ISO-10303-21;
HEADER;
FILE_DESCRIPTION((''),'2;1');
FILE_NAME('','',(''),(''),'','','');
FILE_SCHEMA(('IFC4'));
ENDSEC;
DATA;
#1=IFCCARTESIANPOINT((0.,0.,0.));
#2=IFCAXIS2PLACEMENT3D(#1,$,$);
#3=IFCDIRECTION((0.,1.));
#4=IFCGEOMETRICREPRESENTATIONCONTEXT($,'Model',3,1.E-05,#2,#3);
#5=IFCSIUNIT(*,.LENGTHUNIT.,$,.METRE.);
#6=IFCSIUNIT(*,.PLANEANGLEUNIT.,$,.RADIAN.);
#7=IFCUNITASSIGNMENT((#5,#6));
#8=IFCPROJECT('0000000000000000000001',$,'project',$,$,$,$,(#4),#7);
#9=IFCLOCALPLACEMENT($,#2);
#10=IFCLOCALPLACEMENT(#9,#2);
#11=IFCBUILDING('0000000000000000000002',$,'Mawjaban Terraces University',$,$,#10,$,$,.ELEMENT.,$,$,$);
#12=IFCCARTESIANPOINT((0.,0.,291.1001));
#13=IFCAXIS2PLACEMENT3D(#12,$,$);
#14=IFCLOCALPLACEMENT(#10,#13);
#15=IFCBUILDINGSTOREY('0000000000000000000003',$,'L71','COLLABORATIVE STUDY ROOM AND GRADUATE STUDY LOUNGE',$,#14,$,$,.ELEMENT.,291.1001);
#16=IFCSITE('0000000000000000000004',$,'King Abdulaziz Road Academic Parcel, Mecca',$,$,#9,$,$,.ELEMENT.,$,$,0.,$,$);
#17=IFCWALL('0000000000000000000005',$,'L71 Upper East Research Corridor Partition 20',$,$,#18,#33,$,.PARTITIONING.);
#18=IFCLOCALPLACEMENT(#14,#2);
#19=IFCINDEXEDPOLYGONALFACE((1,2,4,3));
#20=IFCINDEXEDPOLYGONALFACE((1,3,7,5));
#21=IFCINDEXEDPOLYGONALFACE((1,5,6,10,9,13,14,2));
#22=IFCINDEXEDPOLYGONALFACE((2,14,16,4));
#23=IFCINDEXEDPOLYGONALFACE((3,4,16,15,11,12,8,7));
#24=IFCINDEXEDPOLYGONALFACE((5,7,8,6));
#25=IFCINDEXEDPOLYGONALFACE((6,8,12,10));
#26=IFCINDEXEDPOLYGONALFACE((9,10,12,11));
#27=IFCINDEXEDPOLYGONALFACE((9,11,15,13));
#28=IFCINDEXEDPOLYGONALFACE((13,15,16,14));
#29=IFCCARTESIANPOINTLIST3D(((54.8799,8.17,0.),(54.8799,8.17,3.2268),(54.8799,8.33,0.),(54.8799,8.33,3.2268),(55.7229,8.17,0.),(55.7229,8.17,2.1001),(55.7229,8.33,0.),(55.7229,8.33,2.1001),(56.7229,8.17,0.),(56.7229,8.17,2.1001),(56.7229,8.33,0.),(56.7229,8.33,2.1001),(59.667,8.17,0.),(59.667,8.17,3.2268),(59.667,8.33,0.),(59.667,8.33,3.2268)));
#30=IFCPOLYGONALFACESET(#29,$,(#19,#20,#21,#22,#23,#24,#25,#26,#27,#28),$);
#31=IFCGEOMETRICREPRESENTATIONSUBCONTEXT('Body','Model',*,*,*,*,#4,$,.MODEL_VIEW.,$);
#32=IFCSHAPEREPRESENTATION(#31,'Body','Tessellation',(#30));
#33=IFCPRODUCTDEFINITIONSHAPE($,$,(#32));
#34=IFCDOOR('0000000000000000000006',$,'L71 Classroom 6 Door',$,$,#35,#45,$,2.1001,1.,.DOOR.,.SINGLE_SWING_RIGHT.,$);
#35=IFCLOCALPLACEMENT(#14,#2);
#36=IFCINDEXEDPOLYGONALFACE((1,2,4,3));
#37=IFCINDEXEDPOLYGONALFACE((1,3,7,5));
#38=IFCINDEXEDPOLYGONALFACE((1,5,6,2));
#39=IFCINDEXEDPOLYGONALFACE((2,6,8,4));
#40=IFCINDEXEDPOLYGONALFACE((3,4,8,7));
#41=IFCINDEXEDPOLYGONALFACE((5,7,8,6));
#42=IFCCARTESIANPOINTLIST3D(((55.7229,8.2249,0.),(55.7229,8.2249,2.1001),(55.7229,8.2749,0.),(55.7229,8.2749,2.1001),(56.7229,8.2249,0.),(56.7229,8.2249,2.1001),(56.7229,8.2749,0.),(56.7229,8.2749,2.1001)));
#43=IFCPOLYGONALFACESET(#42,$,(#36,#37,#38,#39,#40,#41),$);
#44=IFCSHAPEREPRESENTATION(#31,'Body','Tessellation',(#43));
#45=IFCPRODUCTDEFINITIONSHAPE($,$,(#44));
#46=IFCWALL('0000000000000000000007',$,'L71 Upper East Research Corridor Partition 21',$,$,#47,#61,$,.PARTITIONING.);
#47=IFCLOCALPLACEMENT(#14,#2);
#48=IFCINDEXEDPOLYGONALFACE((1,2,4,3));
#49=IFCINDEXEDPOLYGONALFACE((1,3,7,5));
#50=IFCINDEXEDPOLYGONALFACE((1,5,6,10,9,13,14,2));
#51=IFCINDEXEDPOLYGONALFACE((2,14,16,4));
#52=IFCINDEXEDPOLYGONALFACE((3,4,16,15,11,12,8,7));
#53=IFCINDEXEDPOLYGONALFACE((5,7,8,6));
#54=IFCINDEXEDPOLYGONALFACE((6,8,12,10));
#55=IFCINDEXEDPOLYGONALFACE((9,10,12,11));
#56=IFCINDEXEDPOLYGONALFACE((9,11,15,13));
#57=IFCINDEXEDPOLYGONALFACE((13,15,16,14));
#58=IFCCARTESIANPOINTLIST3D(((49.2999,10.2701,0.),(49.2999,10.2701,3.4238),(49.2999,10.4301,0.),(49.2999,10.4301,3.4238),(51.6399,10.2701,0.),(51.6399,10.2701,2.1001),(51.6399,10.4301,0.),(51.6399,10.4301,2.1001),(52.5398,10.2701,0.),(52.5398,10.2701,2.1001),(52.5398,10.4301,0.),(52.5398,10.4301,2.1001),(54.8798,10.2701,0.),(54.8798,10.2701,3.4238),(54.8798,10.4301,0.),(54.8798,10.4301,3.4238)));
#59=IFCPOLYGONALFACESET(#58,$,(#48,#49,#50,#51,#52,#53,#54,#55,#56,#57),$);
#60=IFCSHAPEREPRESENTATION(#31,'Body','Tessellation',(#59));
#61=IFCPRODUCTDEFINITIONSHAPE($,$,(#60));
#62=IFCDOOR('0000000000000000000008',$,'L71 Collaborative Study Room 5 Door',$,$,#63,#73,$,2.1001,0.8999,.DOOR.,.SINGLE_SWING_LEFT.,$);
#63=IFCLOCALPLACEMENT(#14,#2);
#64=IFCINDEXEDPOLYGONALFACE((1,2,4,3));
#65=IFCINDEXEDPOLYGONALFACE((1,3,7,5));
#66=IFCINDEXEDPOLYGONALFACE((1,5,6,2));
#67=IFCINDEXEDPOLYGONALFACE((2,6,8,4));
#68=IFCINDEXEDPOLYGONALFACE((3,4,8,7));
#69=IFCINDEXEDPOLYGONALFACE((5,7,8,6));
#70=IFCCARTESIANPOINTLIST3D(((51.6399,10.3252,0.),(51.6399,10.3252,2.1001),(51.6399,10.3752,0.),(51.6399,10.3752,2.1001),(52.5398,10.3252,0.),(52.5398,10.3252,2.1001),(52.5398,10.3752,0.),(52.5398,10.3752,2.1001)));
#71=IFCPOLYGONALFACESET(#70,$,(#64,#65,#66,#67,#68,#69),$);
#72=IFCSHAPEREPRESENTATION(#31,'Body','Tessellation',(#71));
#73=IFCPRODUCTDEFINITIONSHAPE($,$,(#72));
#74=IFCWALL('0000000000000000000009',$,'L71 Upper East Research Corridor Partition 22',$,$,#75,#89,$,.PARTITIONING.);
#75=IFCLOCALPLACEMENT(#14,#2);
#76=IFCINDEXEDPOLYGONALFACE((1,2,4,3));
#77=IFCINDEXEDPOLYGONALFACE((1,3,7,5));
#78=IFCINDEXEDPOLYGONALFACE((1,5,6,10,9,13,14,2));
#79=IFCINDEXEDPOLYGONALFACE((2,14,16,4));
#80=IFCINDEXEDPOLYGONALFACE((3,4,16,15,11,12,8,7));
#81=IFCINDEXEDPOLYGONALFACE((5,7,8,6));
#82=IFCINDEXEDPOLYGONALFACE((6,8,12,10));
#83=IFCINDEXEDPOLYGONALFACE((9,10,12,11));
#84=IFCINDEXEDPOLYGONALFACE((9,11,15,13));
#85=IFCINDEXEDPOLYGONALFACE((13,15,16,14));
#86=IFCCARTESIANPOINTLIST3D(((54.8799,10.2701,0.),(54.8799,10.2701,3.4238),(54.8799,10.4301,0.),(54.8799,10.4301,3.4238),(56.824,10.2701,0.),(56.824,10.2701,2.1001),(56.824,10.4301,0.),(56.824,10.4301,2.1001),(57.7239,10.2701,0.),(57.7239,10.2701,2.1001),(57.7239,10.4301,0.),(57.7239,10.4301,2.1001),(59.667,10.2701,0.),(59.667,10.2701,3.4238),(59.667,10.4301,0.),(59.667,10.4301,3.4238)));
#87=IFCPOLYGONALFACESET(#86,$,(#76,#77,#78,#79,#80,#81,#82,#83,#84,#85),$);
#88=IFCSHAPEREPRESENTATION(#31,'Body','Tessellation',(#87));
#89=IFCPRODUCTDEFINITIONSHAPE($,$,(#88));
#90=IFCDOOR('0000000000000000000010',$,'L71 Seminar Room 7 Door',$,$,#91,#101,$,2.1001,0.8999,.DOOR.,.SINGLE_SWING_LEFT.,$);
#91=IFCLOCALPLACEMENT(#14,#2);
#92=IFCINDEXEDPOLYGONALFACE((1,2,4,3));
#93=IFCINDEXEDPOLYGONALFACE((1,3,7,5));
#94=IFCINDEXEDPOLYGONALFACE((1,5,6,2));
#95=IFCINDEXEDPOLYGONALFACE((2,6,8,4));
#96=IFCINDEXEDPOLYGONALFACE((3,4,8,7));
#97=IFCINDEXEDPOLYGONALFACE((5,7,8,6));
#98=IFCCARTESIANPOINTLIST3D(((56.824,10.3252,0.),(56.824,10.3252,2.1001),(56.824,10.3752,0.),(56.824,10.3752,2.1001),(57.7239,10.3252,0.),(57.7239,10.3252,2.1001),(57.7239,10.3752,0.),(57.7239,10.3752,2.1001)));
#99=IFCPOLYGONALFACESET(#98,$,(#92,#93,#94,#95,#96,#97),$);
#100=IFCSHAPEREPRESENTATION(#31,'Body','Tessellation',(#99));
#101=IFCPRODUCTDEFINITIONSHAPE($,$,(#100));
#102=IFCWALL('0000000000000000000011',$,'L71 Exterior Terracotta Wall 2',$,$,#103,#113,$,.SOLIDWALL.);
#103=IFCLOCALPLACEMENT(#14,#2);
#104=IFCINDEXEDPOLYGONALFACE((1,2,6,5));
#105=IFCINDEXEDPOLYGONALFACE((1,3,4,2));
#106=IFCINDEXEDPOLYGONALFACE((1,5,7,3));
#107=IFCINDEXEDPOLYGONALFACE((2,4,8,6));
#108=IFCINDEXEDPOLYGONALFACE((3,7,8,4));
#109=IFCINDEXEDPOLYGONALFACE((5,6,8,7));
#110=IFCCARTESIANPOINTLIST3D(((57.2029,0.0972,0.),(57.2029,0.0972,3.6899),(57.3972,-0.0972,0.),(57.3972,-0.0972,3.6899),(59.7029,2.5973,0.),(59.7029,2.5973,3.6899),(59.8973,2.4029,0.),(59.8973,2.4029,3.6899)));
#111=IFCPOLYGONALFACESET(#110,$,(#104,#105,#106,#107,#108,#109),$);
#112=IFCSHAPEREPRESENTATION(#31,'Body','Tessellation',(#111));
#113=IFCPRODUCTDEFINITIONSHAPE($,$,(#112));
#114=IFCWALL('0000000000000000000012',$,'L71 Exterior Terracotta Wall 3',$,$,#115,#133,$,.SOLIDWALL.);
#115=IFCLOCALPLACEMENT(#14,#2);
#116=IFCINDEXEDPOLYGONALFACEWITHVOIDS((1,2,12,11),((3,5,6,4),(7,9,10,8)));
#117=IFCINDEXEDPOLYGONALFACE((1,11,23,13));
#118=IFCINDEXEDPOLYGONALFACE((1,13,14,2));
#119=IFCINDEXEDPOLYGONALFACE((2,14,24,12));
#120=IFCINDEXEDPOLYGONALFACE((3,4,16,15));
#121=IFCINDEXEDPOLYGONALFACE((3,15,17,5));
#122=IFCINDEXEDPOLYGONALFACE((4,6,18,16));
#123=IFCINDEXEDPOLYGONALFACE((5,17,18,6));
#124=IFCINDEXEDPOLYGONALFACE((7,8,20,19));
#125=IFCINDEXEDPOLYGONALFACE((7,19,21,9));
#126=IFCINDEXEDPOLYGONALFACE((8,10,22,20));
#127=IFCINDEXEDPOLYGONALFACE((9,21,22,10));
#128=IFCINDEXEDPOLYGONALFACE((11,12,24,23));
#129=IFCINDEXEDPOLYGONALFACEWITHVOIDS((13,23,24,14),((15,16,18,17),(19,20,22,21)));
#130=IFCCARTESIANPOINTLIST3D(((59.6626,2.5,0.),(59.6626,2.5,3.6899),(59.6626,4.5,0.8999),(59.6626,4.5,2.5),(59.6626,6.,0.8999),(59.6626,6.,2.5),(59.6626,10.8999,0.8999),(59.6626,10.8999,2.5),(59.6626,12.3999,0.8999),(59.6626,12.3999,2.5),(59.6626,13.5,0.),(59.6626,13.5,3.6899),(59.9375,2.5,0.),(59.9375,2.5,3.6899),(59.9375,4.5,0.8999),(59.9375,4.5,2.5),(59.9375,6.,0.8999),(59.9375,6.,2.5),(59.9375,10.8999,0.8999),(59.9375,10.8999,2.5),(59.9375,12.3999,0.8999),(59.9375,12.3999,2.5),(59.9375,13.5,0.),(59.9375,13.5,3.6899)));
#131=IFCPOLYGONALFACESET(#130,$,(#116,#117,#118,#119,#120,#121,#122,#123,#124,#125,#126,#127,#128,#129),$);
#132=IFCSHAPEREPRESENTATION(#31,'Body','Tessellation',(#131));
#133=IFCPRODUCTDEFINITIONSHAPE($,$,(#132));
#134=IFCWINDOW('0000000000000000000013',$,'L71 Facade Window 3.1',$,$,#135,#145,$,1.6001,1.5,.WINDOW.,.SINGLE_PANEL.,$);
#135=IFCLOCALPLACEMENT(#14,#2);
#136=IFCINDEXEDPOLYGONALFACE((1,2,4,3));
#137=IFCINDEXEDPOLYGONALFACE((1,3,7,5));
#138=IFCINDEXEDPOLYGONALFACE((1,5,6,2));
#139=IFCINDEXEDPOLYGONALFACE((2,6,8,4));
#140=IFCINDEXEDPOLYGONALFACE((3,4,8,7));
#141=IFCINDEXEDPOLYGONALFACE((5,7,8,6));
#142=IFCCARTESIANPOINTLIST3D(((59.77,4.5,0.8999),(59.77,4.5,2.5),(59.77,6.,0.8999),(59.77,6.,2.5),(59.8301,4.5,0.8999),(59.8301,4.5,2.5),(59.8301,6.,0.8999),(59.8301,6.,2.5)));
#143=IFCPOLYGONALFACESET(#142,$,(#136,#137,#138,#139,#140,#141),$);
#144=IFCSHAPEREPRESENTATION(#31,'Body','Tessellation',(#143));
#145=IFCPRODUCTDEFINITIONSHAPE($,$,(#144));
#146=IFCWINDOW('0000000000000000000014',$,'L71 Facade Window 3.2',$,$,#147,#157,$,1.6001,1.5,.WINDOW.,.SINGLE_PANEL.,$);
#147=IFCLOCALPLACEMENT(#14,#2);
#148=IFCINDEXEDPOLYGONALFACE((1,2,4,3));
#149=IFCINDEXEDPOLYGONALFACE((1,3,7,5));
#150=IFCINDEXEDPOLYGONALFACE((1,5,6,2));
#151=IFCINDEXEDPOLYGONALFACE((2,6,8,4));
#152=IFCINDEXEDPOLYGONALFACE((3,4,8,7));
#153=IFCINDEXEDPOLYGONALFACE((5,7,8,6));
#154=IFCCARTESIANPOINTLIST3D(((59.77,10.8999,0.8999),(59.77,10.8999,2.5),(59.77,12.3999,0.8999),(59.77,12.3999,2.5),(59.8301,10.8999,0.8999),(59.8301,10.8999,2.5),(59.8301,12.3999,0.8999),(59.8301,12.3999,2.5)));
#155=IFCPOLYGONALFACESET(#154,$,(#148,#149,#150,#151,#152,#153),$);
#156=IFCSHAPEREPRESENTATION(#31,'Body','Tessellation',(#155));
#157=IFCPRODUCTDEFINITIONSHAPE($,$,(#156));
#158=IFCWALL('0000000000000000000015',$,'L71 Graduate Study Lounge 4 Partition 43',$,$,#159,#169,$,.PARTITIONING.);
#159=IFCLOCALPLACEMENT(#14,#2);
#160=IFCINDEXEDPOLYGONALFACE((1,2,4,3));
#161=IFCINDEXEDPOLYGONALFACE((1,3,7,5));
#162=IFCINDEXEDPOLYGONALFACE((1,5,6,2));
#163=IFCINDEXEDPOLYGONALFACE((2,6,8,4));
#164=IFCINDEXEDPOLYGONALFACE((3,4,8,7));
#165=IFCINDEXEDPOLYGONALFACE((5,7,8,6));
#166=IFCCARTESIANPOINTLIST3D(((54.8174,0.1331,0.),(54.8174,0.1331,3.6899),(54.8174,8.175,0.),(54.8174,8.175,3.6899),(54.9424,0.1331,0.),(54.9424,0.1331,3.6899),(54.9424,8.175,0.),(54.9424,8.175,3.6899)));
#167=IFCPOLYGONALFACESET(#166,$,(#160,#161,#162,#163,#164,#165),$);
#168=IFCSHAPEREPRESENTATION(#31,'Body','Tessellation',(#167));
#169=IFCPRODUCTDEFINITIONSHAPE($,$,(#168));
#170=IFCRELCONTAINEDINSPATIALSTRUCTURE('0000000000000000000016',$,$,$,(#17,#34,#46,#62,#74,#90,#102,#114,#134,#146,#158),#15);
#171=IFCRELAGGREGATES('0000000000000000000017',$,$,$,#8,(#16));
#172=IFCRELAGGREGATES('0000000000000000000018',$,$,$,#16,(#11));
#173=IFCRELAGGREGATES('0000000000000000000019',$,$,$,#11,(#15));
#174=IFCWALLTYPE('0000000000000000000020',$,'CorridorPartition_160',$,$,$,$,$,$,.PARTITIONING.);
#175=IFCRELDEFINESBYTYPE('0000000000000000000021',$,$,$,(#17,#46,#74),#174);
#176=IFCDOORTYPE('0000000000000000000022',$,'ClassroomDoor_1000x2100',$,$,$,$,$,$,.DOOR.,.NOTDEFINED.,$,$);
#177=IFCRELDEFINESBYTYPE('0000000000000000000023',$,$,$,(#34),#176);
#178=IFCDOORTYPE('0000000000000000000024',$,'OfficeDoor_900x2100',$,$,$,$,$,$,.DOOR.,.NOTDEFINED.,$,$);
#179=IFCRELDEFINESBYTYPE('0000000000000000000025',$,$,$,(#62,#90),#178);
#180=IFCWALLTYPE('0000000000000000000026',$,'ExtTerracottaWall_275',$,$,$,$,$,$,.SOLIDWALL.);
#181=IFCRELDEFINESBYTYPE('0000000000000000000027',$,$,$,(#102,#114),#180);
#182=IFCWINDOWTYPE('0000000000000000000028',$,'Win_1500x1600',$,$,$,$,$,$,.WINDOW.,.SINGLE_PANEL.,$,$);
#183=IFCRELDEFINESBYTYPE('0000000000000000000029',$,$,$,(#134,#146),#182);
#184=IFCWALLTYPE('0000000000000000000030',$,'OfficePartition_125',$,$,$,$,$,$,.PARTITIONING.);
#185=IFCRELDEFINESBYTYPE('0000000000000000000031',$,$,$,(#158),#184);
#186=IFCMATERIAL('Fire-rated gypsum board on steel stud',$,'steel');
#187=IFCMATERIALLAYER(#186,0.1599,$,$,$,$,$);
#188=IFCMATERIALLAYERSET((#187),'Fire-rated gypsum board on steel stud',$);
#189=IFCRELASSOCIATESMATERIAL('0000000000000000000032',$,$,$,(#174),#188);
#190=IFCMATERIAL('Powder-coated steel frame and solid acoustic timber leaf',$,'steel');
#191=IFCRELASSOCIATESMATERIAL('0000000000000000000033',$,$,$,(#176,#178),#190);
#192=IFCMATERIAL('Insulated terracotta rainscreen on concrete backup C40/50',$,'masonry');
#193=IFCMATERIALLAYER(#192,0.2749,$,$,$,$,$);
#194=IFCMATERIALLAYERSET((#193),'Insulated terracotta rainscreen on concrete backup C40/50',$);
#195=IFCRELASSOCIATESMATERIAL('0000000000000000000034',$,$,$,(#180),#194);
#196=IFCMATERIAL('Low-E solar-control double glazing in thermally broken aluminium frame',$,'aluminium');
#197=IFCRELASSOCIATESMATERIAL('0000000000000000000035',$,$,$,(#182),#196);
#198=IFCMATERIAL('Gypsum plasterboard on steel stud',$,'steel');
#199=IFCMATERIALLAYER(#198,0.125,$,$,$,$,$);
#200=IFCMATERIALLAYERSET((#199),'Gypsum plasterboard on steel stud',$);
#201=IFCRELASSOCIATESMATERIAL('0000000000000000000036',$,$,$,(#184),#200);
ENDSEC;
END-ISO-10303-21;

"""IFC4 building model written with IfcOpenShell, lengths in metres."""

from ifc_helpers import new_model, si_unit, direction, frame, frame_2d, origin, place, context, subcontext, project, spatial, rectangle, extrude, material, layer, layer_set, type_object, element, fill, save


model = new_model("IFC4")

# Units and contexts
model_context = context("Model", 3, precision=1e-05, world=origin(), true_north=direction((0.0, 1.0)))
body_context = subcontext(model_context, "Body", "Model", "MODEL_VIEW")
ifc_project = project(units=[si_unit("LENGTHUNIT", "METRE"), si_unit("PLANEANGLEUNIT", "RADIAN")], contexts=[model_context])

# Site, building, storey
site_placement = place(None, origin())
site = spatial("IfcSite", under=ifc_project, at=site_placement, Name="King Abdulaziz Road Academic Parcel, Mecca", CompositionType="ELEMENT", RefElevation=0.0)
building_placement = place(site_placement, origin())
building = spatial("IfcBuilding", under=site, at=building_placement, Name="Mawjaban Terraces University", CompositionType="ELEMENT")
storey_placement = place(building_placement, frame((0.0, 0.0, 291.1001)))
storey = spatial("IfcBuildingStorey", under=building, at=storey_placement, Name="L71", Description="COLLABORATIVE STUDY ROOM AND GRADUATE STUDY LOUNGE", CompositionType="ELEMENT", Elevation=291.1001)

# Walls, openings, doors
ifc_material_1 = material(Name="Fire-rated gypsum board on steel stud", Category="steel")
ifc_layer_1 = layer(ifc_material_1, 0.1599)
ifc_layer_set_1 = layer_set([ifc_layer_1], Name="Fire-rated gypsum board on steel stud")
wall_type_1 = type_object("IfcWallType", Name="CorridorPartition_160", PredefinedType="PARTITIONING", material=ifc_layer_set_1)
wall_1_placement = place(storey_placement, frame((54.8799, 8.25, 0.0), z_axis=(0.0, 0.0, 1.0), x_axis=(1.0, 0.0, 0.0)))
wall_1 = element("IfcWall", 1, at=wall_1_placement, inside=storey, type_object=wall_type_1, Name="L71 Upper East Research Corridor Partition 20", PredefinedType="PARTITIONING", context=body_context, shape_type="SweptSolid", body=[
    extrude(rectangle(XDim=4.7871, YDim=0.1599, at=frame_2d((2.3936, 0.0))), origin(), (0.0, 0.0, 1.0), 3.2268),
])
opening_1_placement = place(wall_1_placement, frame((0.843, 0.0, 0.0)))
opening_1 = element("IfcOpeningElement", 2, at=opening_1_placement, cuts=wall_1, PredefinedType="OPENING", context=body_context, shape_type="SweptSolid", body=[
    extrude(rectangle(XDim=1.0, YDim=2.1001, at=frame_2d((0.5, 1.05))), frame((0.0, 0.0898, 0.0), z_axis=(0.0, -1.0, 0.0), x_axis=(1.0, 0.0, 0.0)), (0.0, 0.0, 1.0), 0.1799),
])
ifc_material_2 = material(Name="Powder-coated steel frame and solid acoustic timber leaf", Category="steel")
door_type_1 = type_object("IfcDoorType", Name="ClassroomDoor_1000x2100", OperationType="NOTDEFINED", PredefinedType="DOOR", material=ifc_material_2)
door_1_placement = place(opening_1_placement, origin())
door_1 = element("IfcDoor", 3, at=door_1_placement, inside=storey, type_object=door_type_1, Name="L71 Classroom 6 Door", OperationType="SINGLE_SWING_RIGHT", OverallHeight=2.1001, OverallWidth=1.0, PredefinedType="DOOR", context=body_context, shape_type="SweptSolid", body=[
    extrude(rectangle(XDim=1.0, YDim=2.1001, at=frame_2d((0.5, 1.05))), frame((0.0, 0.0249, 0.0), z_axis=(0.0, -1.0, 0.0), x_axis=(1.0, 0.0, 0.0)), (0.0, 0.0, 1.0), 0.05),
])
fill(opening_1, door_1)
wall_2_placement = place(storey_placement, frame((54.8799, 10.3501, 0.0), z_axis=(0.0, 0.0, 1.0), x_axis=(-1.0, 0.0, 0.0)))
wall_2 = element("IfcWall", 4, at=wall_2_placement, inside=storey, type_object=wall_type_1, Name="L71 Upper East Research Corridor Partition 21", PredefinedType="PARTITIONING", context=body_context, shape_type="SweptSolid", body=[
    extrude(rectangle(XDim=5.5798, YDim=0.1599, at=frame_2d((2.79, 0.0))), origin(), (0.0, 0.0, 1.0), 3.4238),
])
opening_2_placement = place(wall_2_placement, frame((2.3401, 0.0, 0.0)))
opening_2 = element("IfcOpeningElement", 5, at=opening_2_placement, cuts=wall_2, PredefinedType="OPENING", context=body_context, shape_type="SweptSolid", body=[
    extrude(rectangle(XDim=0.8999, YDim=2.1001, at=frame_2d((0.45, 1.05))), frame((0.0, 0.0898, 0.0), z_axis=(0.0, -1.0, 0.0), x_axis=(1.0, 0.0, 0.0)), (0.0, 0.0, 1.0), 0.1799),
])
door_type_2 = type_object("IfcDoorType", Name="OfficeDoor_900x2100", OperationType="NOTDEFINED", PredefinedType="DOOR", material=ifc_material_2)
door_2_placement = place(opening_2_placement, origin())
door_2 = element("IfcDoor", 6, at=door_2_placement, inside=storey, type_object=door_type_2, Name="L71 Collaborative Study Room 5 Door", OperationType="SINGLE_SWING_LEFT", OverallHeight=2.1001, OverallWidth=0.8999, PredefinedType="DOOR", context=body_context, shape_type="SweptSolid", body=[
    extrude(rectangle(XDim=0.8999, YDim=2.1001, at=frame_2d((0.45, 1.05))), frame((0.0, 0.0249, 0.0), z_axis=(0.0, -1.0, 0.0), x_axis=(1.0, 0.0, 0.0)), (0.0, 0.0, 1.0), 0.05),
])
fill(opening_2, door_2)
wall_3_placement = place(storey_placement, frame((59.667, 10.3501, 0.0), z_axis=(0.0, 0.0, 1.0), x_axis=(-1.0, 0.0, 0.0)))
wall_3 = element("IfcWall", 7, at=wall_3_placement, inside=storey, type_object=wall_type_1, Name="L71 Upper East Research Corridor Partition 22", PredefinedType="PARTITIONING", context=body_context, shape_type="SweptSolid", body=[
    extrude(rectangle(XDim=4.7871, YDim=0.1599, at=frame_2d((2.3936, 0.0))), origin(), (0.0, 0.0, 1.0), 3.4238),
])
opening_3_placement = place(wall_3_placement, frame((1.9431, 0.0, 0.0)))
opening_3 = element("IfcOpeningElement", 8, at=opening_3_placement, cuts=wall_3, PredefinedType="OPENING", context=body_context, shape_type="SweptSolid", body=[
    extrude(rectangle(XDim=0.8999, YDim=2.1001, at=frame_2d((0.45, 1.05))), frame((0.0, 0.0898, 0.0), z_axis=(0.0, -1.0, 0.0), x_axis=(1.0, 0.0, 0.0)), (0.0, 0.0, 1.0), 0.1799),
])
door_3_placement = place(opening_3_placement, origin())
door_3 = element("IfcDoor", 9, at=door_3_placement, inside=storey, type_object=door_type_2, Name="L71 Seminar Room 7 Door", OperationType="SINGLE_SWING_LEFT", OverallHeight=2.1001, OverallWidth=0.8999, PredefinedType="DOOR", context=body_context, shape_type="SweptSolid", body=[
    extrude(rectangle(XDim=0.8999, YDim=2.1001, at=frame_2d((0.45, 1.05))), frame((0.0, 0.0249, 0.0), z_axis=(0.0, -1.0, 0.0), x_axis=(1.0, 0.0, 0.0)), (0.0, 0.0, 1.0), 0.05),
])
fill(opening_3, door_3)

# Wall
ifc_material_3 = material(Name="Insulated terracotta rainscreen on concrete backup C40/50", Category="masonry")
ifc_layer_2 = layer(ifc_material_3, 0.2749)
ifc_layer_set_2 = layer_set([ifc_layer_2], Name="Insulated terracotta rainscreen on concrete backup C40/50")
wall_type_2 = type_object("IfcWallType", Name="ExtTerracottaWall_275", PredefinedType="SOLIDWALL", material=ifc_layer_set_2)
wall_4_placement = place(storey_placement, frame((57.3, 0.0, 0.0), z_axis=(0.0, 0.0, 1.0), x_axis=(0.707107, 0.707107, 0.0)))
element("IfcWall", 10, at=wall_4_placement, inside=storey, type_object=wall_type_2, Name="L71 Exterior Terracotta Wall 2", PredefinedType="SOLIDWALL", context=body_context, shape_type="SweptSolid", body=[
    extrude(rectangle(XDim=3.5356, YDim=0.2749, at=frame_2d((1.7678, 0.0))), origin(), (0.0, 0.0, 1.0), 3.6899),
])

# Wall, openings, windows
wall_5_placement = place(storey_placement, frame((59.8, 2.5, 0.0), z_axis=(0.0, 0.0, 1.0), x_axis=(0.0, 1.0, 0.0)))
wall_5 = element("IfcWall", 11, at=wall_5_placement, inside=storey, type_object=wall_type_2, Name="L71 Exterior Terracotta Wall 3", PredefinedType="SOLIDWALL", context=body_context, shape_type="SweptSolid", body=[
    extrude(rectangle(XDim=11.0, YDim=0.2749, at=frame_2d((5.5, 0.0))), origin(), (0.0, 0.0, 1.0), 3.6899),
])
opening_4_placement = place(wall_5_placement, frame((2.0, 0.0, 0.8999)))
opening_4 = element("IfcOpeningElement", 12, at=opening_4_placement, cuts=wall_5, PredefinedType="OPENING", context=body_context, shape_type="SweptSolid", body=[
    extrude(rectangle(XDim=1.5, YDim=1.6001, at=frame_2d((0.75, 0.8))), frame((0.0, 0.1475, 0.0), z_axis=(0.0, -1.0, 0.0), x_axis=(1.0, 0.0, 0.0)), (0.0, 0.0, 1.0), 0.2949),
])
opening_5_placement = place(wall_5_placement, frame((8.3999, 0.0, 0.8999)))
opening_5 = element("IfcOpeningElement", 13, at=opening_5_placement, cuts=wall_5, PredefinedType="OPENING", context=body_context, shape_type="SweptSolid", body=[
    extrude(rectangle(XDim=1.5, YDim=1.6001, at=frame_2d((0.75, 0.8))), frame((0.0, 0.1475, 0.0), z_axis=(0.0, -1.0, 0.0), x_axis=(1.0, 0.0, 0.0)), (0.0, 0.0, 1.0), 0.2949),
])
ifc_material_4 = material(Name="Low-E solar-control double glazing in thermally broken aluminium frame", Category="aluminium")
window_type = type_object("IfcWindowType", Name="Win_1500x1600", PartitioningType="SINGLE_PANEL", PredefinedType="WINDOW", material=ifc_material_4)
window_1_placement = place(opening_4_placement, origin())
window_1 = element("IfcWindow", 14, at=window_1_placement, inside=storey, type_object=window_type, Name="L71 Facade Window 3.1", OverallHeight=1.6001, OverallWidth=1.5, PartitioningType="SINGLE_PANEL", PredefinedType="WINDOW", context=body_context, shape_type="SweptSolid", body=[
    extrude(rectangle(XDim=1.5, YDim=1.6001, at=frame_2d((0.75, 0.8))), frame((0.0, 0.03, 0.0), z_axis=(0.0, -1.0, 0.0), x_axis=(1.0, 0.0, 0.0)), (0.0, 0.0, 1.0), 0.0601),
])
fill(opening_4, window_1)
window_2_placement = place(opening_5_placement, origin())
window_2 = element("IfcWindow", 15, at=window_2_placement, inside=storey, type_object=window_type, Name="L71 Facade Window 3.2", OverallHeight=1.6001, OverallWidth=1.5, PartitioningType="SINGLE_PANEL", PredefinedType="WINDOW", context=body_context, shape_type="SweptSolid", body=[
    extrude(rectangle(XDim=1.5, YDim=1.6001, at=frame_2d((0.75, 0.8))), frame((0.0, 0.03, 0.0), z_axis=(0.0, -1.0, 0.0), x_axis=(1.0, 0.0, 0.0)), (0.0, 0.0, 1.0), 0.0601),
])
fill(opening_5, window_2)

# Wall
ifc_material_5 = material(Name="Gypsum plasterboard on steel stud", Category="steel")
ifc_layer_3 = layer(ifc_material_5, 0.125)
ifc_layer_set_3 = layer_set([ifc_layer_3], Name="Gypsum plasterboard on steel stud")
wall_type_3 = type_object("IfcWallType", Name="OfficePartition_125", PredefinedType="PARTITIONING", material=ifc_layer_set_3)
wall_6_placement = place(storey_placement, frame((54.8799, 0.1331, 0.0), z_axis=(0.0, 0.0, 1.0), x_axis=(0.0, 1.0, 0.0)))
element("IfcWall", 16, at=wall_6_placement, inside=storey, type_object=wall_type_3, Name="L71 Graduate Study Lounge 4 Partition 43", PredefinedType="PARTITIONING", context=body_context, shape_type="SweptSolid", body=[
    extrude(rectangle(XDim=8.042, YDim=0.125, at=frame_2d((4.021, 0.0))), origin(), (0.0, 0.0, 1.0), 3.6899),
])

save(model, "model.ifc")
